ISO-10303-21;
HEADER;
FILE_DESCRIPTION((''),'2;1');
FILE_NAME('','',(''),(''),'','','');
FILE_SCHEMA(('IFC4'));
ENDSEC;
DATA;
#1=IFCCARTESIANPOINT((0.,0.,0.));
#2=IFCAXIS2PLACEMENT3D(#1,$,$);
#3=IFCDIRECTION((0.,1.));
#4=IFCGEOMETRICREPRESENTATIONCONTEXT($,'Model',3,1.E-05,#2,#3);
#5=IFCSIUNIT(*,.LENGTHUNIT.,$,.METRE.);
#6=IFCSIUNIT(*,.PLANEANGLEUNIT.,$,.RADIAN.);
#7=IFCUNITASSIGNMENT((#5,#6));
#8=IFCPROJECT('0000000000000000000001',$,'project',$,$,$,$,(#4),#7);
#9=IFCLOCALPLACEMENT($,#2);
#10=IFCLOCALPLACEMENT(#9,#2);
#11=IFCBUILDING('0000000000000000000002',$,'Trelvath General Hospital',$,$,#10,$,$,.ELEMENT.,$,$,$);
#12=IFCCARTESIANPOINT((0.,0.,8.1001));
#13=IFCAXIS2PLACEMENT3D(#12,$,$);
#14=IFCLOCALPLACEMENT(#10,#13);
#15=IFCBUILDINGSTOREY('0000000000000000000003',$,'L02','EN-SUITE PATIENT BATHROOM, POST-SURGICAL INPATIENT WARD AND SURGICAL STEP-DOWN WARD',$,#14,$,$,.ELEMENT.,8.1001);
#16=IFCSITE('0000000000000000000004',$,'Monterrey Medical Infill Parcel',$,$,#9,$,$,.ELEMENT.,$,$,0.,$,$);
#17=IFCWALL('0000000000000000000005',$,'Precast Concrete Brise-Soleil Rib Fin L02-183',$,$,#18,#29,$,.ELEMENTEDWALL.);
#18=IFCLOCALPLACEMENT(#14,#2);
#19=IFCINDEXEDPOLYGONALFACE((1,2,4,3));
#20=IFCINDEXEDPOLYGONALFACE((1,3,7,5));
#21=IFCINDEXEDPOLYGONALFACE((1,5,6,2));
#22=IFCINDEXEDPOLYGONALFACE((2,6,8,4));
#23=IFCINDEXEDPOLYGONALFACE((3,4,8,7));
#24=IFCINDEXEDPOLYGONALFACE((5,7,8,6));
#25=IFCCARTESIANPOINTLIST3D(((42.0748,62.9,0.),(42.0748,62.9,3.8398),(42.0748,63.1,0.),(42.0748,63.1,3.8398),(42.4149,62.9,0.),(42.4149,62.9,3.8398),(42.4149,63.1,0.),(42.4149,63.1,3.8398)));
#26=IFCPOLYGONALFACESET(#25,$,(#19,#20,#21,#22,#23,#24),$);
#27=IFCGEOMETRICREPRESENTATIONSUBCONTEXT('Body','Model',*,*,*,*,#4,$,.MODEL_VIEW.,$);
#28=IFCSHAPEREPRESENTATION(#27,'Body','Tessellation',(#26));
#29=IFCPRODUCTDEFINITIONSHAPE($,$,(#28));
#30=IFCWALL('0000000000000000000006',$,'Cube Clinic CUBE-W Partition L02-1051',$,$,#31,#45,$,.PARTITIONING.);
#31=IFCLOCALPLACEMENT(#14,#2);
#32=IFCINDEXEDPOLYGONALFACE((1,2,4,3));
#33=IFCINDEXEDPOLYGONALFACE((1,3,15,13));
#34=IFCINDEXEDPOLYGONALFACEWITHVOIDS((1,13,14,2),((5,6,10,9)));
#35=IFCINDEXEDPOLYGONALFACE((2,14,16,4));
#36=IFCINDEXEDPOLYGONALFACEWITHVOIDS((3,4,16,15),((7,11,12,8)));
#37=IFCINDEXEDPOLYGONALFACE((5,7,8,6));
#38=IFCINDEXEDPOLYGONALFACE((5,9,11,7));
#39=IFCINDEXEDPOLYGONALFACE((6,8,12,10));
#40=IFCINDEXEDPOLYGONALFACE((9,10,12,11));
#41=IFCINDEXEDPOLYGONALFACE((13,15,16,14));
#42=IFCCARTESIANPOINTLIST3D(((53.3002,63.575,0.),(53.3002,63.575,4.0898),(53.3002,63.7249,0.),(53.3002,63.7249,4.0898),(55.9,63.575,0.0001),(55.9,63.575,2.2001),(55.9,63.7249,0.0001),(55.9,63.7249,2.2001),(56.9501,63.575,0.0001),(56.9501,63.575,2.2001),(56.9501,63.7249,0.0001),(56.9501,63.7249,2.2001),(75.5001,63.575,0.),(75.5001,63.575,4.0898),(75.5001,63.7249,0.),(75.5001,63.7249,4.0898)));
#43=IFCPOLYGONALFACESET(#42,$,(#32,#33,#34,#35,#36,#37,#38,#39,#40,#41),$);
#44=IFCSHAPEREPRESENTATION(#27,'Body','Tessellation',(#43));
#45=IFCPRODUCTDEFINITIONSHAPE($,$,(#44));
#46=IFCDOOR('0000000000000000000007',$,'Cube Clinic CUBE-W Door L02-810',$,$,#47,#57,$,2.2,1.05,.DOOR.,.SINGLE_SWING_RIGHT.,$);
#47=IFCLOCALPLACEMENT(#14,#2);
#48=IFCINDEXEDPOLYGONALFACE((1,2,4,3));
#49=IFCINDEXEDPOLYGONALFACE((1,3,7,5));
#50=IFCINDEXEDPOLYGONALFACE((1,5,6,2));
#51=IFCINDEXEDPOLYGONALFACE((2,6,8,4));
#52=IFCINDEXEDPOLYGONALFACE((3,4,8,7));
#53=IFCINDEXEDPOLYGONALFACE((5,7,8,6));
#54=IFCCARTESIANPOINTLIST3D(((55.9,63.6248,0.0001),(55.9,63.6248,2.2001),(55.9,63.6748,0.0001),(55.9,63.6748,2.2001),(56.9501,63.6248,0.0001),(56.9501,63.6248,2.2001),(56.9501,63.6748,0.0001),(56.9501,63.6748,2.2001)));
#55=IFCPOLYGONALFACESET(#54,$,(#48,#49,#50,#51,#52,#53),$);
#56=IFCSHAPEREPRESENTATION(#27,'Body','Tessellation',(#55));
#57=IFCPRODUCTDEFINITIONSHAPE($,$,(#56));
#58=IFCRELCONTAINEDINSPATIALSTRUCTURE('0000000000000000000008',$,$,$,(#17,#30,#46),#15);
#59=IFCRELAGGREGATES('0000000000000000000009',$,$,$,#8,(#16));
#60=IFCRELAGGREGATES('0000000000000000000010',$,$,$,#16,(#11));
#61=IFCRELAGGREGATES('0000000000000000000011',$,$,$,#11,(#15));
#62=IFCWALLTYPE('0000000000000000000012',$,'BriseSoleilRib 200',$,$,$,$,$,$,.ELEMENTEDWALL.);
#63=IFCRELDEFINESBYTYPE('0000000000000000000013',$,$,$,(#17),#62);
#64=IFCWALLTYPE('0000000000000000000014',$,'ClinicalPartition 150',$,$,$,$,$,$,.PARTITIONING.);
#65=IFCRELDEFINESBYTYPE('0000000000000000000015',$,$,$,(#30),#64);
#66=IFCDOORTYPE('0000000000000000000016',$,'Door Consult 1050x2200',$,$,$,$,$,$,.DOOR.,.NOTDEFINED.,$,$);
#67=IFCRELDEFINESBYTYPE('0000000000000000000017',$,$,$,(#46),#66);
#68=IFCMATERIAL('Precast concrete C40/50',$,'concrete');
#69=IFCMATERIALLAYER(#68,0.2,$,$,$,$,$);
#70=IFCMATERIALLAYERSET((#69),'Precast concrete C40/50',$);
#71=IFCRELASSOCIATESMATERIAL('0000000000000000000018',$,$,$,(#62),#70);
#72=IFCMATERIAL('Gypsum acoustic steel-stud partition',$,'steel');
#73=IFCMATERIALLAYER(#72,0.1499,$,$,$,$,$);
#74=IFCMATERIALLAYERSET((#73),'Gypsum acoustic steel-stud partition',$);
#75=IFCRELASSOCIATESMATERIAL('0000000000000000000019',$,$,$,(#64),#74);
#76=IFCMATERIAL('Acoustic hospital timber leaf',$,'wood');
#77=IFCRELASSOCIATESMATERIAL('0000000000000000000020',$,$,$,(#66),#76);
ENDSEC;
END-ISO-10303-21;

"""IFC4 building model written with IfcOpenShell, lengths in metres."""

from ifc_helpers import new_model, si_unit, direction, frame, frame_2d, origin, place, context, subcontext, project, spatial, rectangle, extrude, material, layer, layer_set, type_object, element, fill, save


model = new_model("IFC4")

# Units and contexts
model_context = context("Model", 3, precision=1e-05, world=origin(), true_north=direction((0.0, 1.0)))
body_context = subcontext(model_context, "Body", "Model", "MODEL_VIEW")
ifc_project = project(units=[si_unit("LENGTHUNIT", "METRE"), si_unit("PLANEANGLEUNIT", "RADIAN")], contexts=[model_context])

# Site, building, storey
site_placement = place(None, origin())
site = spatial("IfcSite", under=ifc_project, at=site_placement, Name="Monterrey Medical Infill Parcel", CompositionType="ELEMENT", RefElevation=0.0)
building_placement = place(site_placement, origin())
building = spatial("IfcBuilding", under=site, at=building_placement, Name="Trelvath General Hospital", CompositionType="ELEMENT")
storey_placement = place(building_placement, frame((0.0, 0.0, 8.1001)))
storey = spatial("IfcBuildingStorey", under=building, at=storey_placement, Name="L02", Description="EN-SUITE PATIENT BATHROOM, POST-SURGICAL INPATIENT WARD AND SURGICAL STEP-DOWN WARD", CompositionType="ELEMENT", Elevation=8.1001)

# Wall
ifc_material_1 = material(Name="Precast concrete C40/50", Category="concrete")
ifc_layer_1 = layer(ifc_material_1, 0.2)
ifc_layer_set_1 = layer_set([ifc_layer_1], Name="Precast concrete C40/50")
wall_type_1 = type_object("IfcWallType", Name="BriseSoleilRib 200", PredefinedType="ELEMENTEDWALL", material=ifc_layer_set_1)
wall_1_placement = place(storey_placement, frame((42.075, 63.0, 0.0), z_axis=(0.0, 0.0, 1.0), x_axis=(1.0, 0.0, 0.0)))
element("IfcWall", 1, at=wall_1_placement, inside=storey, type_object=wall_type_1, Name="Precast Concrete Brise-Soleil Rib Fin L02-183", PredefinedType="ELEMENTEDWALL", context=body_context, shape_type="SweptSolid", body=[
    extrude(rectangle(XDim=0.3401, YDim=0.2, at=frame_2d((0.1699, 0.0))), origin(), (0.0, 0.0, 1.0), 3.8398),
])

# Wall, opening, door
ifc_material_2 = material(Name="Gypsum acoustic steel-stud partition", Category="steel")
ifc_layer_2 = layer(ifc_material_2, 0.1499)
ifc_layer_set_2 = layer_set([ifc_layer_2], Name="Gypsum acoustic steel-stud partition")
wall_type_2 = type_object("IfcWallType", Name="ClinicalPartition 150", PredefinedType="PARTITIONING", material=ifc_layer_set_2)
wall_2_placement = place(storey_placement, frame((53.3, 63.6499, 0.0), z_axis=(0.0, 0.0, 1.0), x_axis=(1.0, 0.0, 0.0)))
wall_2 = element("IfcWall", 2, at=wall_2_placement, inside=storey, type_object=wall_type_2, Name="Cube Clinic CUBE-W Partition L02-1051", PredefinedType="PARTITIONING", context=body_context, shape_type="SweptSolid", body=[
    extrude(rectangle(XDim=22.2, YDim=0.1499, at=frame_2d((11.1001, 0.0))), origin(), (0.0, 0.0, 1.0), 4.0898),
])
opening_placement = place(wall_2_placement, frame((2.6001, 0.0, 0.0)))
opening = element("IfcOpeningElement", 3, at=opening_placement, cuts=wall_2, PredefinedType="OPENING", context=body_context, shape_type="SweptSolid", body=[
    extrude(rectangle(XDim=1.05, YDim=2.2, at=frame_2d((0.5249, 1.1001))), frame((0.0, 0.085, 0.0), z_axis=(0.0, -1.0, 0.0), x_axis=(1.0, 0.0, 0.0)), (0.0, 0.0, 1.0), 0.1699),
])
ifc_material_3 = material(Name="Acoustic hospital timber leaf", Category="wood")
door_type = type_object("IfcDoorType", Name="Door Consult 1050x2200", OperationType="NOTDEFINED", PredefinedType="DOOR", material=ifc_material_3)
door_placement = place(opening_placement, origin())
door = element("IfcDoor", 4, at=door_placement, inside=storey, type_object=door_type, Name="Cube Clinic CUBE-W Door L02-810", OperationType="SINGLE_SWING_RIGHT", OverallHeight=2.2, OverallWidth=1.05, PredefinedType="DOOR", context=body_context, shape_type="SweptSolid", body=[
    extrude(rectangle(XDim=1.05, YDim=2.2, at=frame_2d((0.5249, 1.1001))), frame((0.0, 0.0249, 0.0), z_axis=(0.0, -1.0, 0.0), x_axis=(1.0, 0.0, 0.0)), (0.0, 0.0, 1.0), 0.05),
])
fill(opening, door)

save(model, "model.ifc")
